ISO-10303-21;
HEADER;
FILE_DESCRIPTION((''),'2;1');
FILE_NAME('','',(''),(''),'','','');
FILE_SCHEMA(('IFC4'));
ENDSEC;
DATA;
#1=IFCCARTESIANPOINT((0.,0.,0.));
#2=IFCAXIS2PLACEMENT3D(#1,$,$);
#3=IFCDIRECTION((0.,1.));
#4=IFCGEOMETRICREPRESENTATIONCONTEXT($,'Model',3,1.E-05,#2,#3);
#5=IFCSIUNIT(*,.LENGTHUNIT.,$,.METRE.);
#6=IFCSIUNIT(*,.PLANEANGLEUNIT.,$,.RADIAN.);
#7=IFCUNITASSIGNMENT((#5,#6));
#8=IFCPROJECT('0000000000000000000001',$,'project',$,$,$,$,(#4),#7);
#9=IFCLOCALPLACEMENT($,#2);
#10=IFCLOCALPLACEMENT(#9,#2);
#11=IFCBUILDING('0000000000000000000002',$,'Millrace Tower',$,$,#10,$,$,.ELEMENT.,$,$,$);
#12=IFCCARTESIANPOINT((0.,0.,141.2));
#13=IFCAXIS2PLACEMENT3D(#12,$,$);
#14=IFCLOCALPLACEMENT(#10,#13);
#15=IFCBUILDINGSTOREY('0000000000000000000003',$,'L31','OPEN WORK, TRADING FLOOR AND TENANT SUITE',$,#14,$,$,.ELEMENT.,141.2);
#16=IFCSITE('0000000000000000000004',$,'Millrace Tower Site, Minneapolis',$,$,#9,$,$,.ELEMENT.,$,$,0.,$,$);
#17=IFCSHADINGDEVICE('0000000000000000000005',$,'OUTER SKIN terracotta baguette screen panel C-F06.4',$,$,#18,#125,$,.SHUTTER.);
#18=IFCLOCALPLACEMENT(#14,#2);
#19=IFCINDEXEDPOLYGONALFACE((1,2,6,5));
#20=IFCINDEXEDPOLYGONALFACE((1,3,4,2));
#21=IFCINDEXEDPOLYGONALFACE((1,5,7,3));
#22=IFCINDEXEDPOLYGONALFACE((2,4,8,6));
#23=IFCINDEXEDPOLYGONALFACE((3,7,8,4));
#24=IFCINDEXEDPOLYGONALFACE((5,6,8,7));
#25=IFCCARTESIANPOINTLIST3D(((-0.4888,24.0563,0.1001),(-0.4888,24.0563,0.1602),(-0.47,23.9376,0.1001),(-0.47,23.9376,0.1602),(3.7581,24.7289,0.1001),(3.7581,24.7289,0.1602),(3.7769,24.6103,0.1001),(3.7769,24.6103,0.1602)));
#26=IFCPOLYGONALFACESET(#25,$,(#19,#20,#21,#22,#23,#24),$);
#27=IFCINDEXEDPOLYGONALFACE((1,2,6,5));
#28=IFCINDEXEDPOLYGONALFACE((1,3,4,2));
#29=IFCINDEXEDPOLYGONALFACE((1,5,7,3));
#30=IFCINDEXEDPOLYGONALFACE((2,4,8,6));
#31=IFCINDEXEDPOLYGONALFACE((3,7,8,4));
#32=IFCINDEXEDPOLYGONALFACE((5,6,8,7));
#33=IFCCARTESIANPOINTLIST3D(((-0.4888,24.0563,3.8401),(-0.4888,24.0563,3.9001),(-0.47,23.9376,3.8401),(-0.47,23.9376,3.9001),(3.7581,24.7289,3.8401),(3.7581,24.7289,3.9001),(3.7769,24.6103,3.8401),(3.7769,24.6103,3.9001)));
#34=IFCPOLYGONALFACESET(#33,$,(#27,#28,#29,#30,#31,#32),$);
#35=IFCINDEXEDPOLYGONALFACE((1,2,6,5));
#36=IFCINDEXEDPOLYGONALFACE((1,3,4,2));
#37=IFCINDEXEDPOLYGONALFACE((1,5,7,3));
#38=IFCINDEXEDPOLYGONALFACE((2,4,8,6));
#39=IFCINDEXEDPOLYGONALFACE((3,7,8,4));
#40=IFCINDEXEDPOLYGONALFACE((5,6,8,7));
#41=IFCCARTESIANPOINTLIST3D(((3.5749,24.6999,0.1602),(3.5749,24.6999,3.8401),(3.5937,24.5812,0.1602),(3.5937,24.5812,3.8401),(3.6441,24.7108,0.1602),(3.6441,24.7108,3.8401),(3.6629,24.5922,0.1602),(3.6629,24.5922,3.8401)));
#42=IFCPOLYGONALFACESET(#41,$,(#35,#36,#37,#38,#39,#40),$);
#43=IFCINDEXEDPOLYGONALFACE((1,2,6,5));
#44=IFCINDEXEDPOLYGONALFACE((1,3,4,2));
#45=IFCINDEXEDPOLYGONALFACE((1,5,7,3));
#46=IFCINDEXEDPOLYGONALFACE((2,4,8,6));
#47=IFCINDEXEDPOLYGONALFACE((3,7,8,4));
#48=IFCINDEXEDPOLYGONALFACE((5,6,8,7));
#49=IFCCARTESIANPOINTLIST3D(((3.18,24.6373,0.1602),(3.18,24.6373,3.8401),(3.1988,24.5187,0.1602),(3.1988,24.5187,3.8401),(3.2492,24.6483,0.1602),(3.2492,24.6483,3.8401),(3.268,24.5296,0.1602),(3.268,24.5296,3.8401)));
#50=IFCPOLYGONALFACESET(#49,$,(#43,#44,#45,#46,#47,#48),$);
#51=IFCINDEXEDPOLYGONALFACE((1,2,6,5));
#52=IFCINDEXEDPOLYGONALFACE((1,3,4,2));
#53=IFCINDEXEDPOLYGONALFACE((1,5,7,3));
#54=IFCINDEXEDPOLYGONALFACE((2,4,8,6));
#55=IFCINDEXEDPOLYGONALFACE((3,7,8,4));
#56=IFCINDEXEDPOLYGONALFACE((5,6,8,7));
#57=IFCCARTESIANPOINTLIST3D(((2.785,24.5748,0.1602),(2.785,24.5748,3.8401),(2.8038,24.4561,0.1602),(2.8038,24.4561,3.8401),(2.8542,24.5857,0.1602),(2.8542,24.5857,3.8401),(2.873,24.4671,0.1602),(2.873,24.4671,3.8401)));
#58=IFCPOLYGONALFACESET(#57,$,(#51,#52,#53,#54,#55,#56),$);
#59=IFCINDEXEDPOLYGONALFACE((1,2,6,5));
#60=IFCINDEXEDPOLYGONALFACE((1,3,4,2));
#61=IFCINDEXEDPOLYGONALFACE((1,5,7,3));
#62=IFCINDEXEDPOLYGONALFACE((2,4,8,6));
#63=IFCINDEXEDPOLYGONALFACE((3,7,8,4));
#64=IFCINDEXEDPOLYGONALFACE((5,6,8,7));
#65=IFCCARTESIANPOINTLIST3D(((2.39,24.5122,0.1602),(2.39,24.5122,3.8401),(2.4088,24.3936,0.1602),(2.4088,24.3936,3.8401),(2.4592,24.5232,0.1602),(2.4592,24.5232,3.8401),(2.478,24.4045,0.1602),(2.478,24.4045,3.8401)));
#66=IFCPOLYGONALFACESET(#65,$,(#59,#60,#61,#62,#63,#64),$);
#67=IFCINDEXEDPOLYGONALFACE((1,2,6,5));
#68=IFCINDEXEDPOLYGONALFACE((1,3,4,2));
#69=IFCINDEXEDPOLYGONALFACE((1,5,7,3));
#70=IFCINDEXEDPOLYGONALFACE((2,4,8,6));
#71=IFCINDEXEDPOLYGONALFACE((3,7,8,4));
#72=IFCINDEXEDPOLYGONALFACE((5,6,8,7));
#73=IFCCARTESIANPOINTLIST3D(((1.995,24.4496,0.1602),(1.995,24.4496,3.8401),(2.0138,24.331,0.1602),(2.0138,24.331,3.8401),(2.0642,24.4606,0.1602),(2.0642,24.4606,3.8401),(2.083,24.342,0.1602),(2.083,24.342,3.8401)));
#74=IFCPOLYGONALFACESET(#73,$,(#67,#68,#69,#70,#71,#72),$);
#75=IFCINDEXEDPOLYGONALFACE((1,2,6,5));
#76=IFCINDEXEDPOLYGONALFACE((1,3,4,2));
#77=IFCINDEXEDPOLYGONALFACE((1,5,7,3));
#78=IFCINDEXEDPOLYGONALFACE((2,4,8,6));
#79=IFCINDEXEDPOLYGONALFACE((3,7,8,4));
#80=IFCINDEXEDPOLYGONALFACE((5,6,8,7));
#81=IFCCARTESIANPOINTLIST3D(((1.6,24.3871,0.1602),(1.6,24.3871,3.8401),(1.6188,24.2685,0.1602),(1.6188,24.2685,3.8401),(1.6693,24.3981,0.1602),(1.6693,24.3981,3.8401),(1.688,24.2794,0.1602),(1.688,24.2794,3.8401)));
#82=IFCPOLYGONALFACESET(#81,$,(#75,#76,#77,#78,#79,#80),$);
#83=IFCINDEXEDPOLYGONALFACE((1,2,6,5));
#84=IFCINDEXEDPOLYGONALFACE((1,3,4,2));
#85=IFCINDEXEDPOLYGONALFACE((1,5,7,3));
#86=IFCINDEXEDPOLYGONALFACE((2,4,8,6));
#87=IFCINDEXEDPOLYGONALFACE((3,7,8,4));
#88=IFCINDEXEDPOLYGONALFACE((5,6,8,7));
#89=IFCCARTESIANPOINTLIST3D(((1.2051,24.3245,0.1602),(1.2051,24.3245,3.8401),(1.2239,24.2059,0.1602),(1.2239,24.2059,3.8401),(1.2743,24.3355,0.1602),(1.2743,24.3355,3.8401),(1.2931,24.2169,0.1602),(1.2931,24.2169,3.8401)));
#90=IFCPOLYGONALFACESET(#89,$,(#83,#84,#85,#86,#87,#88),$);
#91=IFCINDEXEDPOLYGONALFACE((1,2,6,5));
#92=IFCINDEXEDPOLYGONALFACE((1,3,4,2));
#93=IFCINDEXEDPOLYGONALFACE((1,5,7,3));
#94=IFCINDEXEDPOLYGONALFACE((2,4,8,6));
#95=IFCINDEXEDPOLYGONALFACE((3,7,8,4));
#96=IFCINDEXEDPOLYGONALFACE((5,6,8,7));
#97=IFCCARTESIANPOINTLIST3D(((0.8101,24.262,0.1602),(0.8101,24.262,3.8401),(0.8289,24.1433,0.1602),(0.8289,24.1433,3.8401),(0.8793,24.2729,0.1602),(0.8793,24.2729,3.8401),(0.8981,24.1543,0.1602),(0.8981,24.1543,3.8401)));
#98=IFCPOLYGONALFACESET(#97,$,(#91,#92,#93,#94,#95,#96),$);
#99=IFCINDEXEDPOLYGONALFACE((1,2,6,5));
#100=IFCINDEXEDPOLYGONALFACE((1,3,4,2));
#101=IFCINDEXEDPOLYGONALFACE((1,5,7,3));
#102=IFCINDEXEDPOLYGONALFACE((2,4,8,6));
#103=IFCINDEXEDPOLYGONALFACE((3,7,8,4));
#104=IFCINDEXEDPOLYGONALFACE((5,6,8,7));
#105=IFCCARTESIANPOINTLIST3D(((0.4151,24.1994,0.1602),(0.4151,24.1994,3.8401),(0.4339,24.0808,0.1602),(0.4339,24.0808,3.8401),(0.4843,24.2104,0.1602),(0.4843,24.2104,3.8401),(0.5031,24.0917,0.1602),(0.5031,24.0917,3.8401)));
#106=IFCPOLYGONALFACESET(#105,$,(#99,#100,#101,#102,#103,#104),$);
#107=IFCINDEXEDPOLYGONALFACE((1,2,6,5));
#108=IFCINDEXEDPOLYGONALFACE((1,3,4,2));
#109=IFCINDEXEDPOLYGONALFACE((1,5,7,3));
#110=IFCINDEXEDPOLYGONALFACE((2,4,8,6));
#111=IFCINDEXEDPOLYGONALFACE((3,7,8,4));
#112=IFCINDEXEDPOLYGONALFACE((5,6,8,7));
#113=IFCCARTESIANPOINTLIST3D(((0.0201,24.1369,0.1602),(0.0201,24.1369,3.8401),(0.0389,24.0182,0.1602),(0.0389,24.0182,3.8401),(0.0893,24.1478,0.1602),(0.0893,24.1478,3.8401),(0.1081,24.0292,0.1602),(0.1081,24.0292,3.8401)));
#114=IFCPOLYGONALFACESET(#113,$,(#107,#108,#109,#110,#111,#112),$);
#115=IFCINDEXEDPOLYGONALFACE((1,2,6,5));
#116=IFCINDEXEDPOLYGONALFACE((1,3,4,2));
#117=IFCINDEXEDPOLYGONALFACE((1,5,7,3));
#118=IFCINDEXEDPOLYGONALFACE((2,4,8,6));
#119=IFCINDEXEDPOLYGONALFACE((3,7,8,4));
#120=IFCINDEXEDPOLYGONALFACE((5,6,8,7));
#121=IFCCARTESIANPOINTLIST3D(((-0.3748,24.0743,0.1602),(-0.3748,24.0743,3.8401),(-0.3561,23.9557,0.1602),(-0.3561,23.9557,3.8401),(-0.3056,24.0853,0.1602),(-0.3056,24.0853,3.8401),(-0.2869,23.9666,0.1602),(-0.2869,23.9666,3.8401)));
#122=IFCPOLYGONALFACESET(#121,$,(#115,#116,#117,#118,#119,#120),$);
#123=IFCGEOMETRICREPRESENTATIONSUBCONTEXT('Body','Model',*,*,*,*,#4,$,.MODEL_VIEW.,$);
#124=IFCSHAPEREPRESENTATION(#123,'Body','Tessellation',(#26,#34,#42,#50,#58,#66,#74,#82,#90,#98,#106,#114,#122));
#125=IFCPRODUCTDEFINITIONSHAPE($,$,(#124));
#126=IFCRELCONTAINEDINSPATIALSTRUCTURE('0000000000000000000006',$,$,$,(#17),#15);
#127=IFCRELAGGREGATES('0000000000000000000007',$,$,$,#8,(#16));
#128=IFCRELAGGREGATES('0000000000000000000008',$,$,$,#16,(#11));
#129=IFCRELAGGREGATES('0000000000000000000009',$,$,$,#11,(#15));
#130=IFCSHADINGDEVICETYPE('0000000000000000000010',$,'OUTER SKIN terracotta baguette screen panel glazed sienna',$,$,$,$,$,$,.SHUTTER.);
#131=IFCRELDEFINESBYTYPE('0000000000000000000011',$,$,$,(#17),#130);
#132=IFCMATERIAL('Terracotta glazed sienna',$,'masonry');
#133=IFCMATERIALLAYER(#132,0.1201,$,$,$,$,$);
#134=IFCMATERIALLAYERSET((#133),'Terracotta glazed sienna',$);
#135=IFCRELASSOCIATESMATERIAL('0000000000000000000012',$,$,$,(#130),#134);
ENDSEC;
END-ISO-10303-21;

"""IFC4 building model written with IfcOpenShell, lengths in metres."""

from ifc_helpers import new_model, entity, si_unit, direction, frame, frame_2d, origin, origin_2d, place, context, subcontext, project, spatial, rectangle, extrude, source, transform, mapped, material, layer, layer_set, type_object, element, save


model = new_model("IFC4")

# Units and contexts
model_context = context("Model", 3, precision=1e-05, world=origin(), true_north=direction((0.0, 1.0)))
body_context = subcontext(model_context, "Body", "Model", "MODEL_VIEW")
ifc_project = project(units=[si_unit("LENGTHUNIT", "METRE"), si_unit("PLANEANGLEUNIT", "RADIAN")], contexts=[model_context])

# Site, building, storey
site_placement = place(None, origin())
site = spatial("IfcSite", under=ifc_project, at=site_placement, Name="Millrace Tower Site, Minneapolis", CompositionType="ELEMENT", RefElevation=0.0)
building_placement = place(site_placement, origin())
building = spatial("IfcBuilding", under=site, at=building_placement, Name="Millrace Tower", CompositionType="ELEMENT")
storey_placement = place(building_placement, frame((0.0, 0.0, 141.2)))
storey = spatial("IfcBuildingStorey", under=building, at=storey_placement, Name="L31", Description="OPEN WORK, TRADING FLOOR AND TENANT SUITE", CompositionType="ELEMENT", Elevation=141.2)

# Shading device
ifc_material_1 = material(Name="Terracotta glazed sienna", Category="masonry")
ifc_layer_1 = layer(ifc_material_1, 0.1201)
ifc_layer_set_1 = layer_set([ifc_layer_1], Name="Terracotta glazed sienna")
shading_device_type = type_object("IfcShadingDeviceType", Name="OUTER SKIN terracotta baguette screen panel glazed sienna", PredefinedType="SHUTTER", material=ifc_layer_set_1)
cartesian_point_1 = entity("IfcCartesianPoint", [-2.1499, 0.0601])
shared_polyline_1 = entity("IfcPolyline", [cartesian_point_1, entity("IfcCartesianPoint", [2.1499, 0.0601]), entity("IfcCartesianPoint", [2.1499, -0.0601]), entity("IfcCartesianPoint", [-2.1499, -0.0601]), cartesian_point_1])
shared_shape_1 = source(origin(), body_context, "Body", "SweptSolid", [
    entity("IfcExtrudedAreaSolid", entity("IfcArbitraryClosedProfileDef", "AREA", None, shared_polyline_1), entity("IfcAxis2Placement3D", entity("IfcCartesianPoint", [0.0, 0.0, 0.0])), entity("IfcDirection", [0.0, 0.0, 1.0]), 0.0601),
    entity("IfcExtrudedAreaSolid", entity("IfcArbitraryClosedProfileDef", "AREA", None, shared_polyline_1), entity("IfcAxis2Placement3D", entity("IfcCartesianPoint", [0.0, 0.0, 3.74])), entity("IfcDirection", [0.0, 0.0, 1.0]), 0.0601),
    extrude(rectangle(XDim=0.0701, YDim=0.1201, at=frame_2d((-1.9995, 0.0))), frame((0.0, 0.0, 0.0601)), (0.0, 0.0, 1.0), 3.6799),
    extrude(rectangle(XDim=0.0701, YDim=0.1201, at=frame_2d((-1.5996, 0.0))), frame((0.0, 0.0, 0.0601)), (0.0, 0.0, 1.0), 3.6799),
    extrude(rectangle(XDim=0.0701, YDim=0.1201, at=frame_2d((-1.1997, 0.0))), frame((0.0, 0.0, 0.0601)), (0.0, 0.0, 1.0), 3.6799),
    extrude(rectangle(XDim=0.0701, YDim=0.1201, at=frame_2d((-0.7998, 0.0))), frame((0.0, 0.0, 0.0601)), (0.0, 0.0, 1.0), 3.6799),
    extrude(rectangle(XDim=0.0701, YDim=0.1201, at=frame_2d((-0.3999, 0.0))), frame((0.0, 0.0, 0.0601)), (0.0, 0.0, 1.0), 3.6799),
    extrude(rectangle(XDim=0.0701, YDim=0.1201, at=origin_2d()), frame((0.0, 0.0, 0.0601)), (0.0, 0.0, 1.0), 3.6799),
    extrude(rectangle(XDim=0.0701, YDim=0.1201, at=frame_2d((0.3999, 0.0))), frame((0.0, 0.0, 0.0601)), (0.0, 0.0, 1.0), 3.6799),
    extrude(rectangle(XDim=0.0701, YDim=0.1201, at=frame_2d((0.7998, 0.0))), frame((0.0, 0.0, 0.0601)), (0.0, 0.0, 1.0), 3.6799),
    extrude(rectangle(XDim=0.0701, YDim=0.1201, at=frame_2d((1.1997, 0.0))), frame((0.0, 0.0, 0.0601)), (0.0, 0.0, 1.0), 3.6799),
    extrude(rectangle(XDim=0.0701, YDim=0.1201, at=frame_2d((1.5996, 0.0))), frame((0.0, 0.0, 0.0601)), (0.0, 0.0, 1.0), 3.6799),
    extrude(rectangle(XDim=0.0701, YDim=0.1201, at=frame_2d((1.9995, 0.0))), frame((0.0, 0.0, 0.0601)), (0.0, 0.0, 1.0), 3.6799),
])
for number, where, z_axis, x_axis, name in (
    (1, (1.644, 24.3333, 0.1001), (0.0, 0.0, 1.0), (-0.987688, -0.156434, 0.0), "OUTER SKIN terracotta baguette screen panel C-F06.4"),
):
    element("IfcShadingDevice", number, at=place(storey_placement, frame(where, z_axis=z_axis, x_axis=x_axis)), inside=storey, type_object=shading_device_type, Name=name, PredefinedType="SHUTTER", context=body_context, shape_type="MappedRepresentation", body=[
        mapped(shared_shape_1, transform((0.0, 0.0, 0.0), scale=1.0)),
    ])

save(model, "model.ifc")
